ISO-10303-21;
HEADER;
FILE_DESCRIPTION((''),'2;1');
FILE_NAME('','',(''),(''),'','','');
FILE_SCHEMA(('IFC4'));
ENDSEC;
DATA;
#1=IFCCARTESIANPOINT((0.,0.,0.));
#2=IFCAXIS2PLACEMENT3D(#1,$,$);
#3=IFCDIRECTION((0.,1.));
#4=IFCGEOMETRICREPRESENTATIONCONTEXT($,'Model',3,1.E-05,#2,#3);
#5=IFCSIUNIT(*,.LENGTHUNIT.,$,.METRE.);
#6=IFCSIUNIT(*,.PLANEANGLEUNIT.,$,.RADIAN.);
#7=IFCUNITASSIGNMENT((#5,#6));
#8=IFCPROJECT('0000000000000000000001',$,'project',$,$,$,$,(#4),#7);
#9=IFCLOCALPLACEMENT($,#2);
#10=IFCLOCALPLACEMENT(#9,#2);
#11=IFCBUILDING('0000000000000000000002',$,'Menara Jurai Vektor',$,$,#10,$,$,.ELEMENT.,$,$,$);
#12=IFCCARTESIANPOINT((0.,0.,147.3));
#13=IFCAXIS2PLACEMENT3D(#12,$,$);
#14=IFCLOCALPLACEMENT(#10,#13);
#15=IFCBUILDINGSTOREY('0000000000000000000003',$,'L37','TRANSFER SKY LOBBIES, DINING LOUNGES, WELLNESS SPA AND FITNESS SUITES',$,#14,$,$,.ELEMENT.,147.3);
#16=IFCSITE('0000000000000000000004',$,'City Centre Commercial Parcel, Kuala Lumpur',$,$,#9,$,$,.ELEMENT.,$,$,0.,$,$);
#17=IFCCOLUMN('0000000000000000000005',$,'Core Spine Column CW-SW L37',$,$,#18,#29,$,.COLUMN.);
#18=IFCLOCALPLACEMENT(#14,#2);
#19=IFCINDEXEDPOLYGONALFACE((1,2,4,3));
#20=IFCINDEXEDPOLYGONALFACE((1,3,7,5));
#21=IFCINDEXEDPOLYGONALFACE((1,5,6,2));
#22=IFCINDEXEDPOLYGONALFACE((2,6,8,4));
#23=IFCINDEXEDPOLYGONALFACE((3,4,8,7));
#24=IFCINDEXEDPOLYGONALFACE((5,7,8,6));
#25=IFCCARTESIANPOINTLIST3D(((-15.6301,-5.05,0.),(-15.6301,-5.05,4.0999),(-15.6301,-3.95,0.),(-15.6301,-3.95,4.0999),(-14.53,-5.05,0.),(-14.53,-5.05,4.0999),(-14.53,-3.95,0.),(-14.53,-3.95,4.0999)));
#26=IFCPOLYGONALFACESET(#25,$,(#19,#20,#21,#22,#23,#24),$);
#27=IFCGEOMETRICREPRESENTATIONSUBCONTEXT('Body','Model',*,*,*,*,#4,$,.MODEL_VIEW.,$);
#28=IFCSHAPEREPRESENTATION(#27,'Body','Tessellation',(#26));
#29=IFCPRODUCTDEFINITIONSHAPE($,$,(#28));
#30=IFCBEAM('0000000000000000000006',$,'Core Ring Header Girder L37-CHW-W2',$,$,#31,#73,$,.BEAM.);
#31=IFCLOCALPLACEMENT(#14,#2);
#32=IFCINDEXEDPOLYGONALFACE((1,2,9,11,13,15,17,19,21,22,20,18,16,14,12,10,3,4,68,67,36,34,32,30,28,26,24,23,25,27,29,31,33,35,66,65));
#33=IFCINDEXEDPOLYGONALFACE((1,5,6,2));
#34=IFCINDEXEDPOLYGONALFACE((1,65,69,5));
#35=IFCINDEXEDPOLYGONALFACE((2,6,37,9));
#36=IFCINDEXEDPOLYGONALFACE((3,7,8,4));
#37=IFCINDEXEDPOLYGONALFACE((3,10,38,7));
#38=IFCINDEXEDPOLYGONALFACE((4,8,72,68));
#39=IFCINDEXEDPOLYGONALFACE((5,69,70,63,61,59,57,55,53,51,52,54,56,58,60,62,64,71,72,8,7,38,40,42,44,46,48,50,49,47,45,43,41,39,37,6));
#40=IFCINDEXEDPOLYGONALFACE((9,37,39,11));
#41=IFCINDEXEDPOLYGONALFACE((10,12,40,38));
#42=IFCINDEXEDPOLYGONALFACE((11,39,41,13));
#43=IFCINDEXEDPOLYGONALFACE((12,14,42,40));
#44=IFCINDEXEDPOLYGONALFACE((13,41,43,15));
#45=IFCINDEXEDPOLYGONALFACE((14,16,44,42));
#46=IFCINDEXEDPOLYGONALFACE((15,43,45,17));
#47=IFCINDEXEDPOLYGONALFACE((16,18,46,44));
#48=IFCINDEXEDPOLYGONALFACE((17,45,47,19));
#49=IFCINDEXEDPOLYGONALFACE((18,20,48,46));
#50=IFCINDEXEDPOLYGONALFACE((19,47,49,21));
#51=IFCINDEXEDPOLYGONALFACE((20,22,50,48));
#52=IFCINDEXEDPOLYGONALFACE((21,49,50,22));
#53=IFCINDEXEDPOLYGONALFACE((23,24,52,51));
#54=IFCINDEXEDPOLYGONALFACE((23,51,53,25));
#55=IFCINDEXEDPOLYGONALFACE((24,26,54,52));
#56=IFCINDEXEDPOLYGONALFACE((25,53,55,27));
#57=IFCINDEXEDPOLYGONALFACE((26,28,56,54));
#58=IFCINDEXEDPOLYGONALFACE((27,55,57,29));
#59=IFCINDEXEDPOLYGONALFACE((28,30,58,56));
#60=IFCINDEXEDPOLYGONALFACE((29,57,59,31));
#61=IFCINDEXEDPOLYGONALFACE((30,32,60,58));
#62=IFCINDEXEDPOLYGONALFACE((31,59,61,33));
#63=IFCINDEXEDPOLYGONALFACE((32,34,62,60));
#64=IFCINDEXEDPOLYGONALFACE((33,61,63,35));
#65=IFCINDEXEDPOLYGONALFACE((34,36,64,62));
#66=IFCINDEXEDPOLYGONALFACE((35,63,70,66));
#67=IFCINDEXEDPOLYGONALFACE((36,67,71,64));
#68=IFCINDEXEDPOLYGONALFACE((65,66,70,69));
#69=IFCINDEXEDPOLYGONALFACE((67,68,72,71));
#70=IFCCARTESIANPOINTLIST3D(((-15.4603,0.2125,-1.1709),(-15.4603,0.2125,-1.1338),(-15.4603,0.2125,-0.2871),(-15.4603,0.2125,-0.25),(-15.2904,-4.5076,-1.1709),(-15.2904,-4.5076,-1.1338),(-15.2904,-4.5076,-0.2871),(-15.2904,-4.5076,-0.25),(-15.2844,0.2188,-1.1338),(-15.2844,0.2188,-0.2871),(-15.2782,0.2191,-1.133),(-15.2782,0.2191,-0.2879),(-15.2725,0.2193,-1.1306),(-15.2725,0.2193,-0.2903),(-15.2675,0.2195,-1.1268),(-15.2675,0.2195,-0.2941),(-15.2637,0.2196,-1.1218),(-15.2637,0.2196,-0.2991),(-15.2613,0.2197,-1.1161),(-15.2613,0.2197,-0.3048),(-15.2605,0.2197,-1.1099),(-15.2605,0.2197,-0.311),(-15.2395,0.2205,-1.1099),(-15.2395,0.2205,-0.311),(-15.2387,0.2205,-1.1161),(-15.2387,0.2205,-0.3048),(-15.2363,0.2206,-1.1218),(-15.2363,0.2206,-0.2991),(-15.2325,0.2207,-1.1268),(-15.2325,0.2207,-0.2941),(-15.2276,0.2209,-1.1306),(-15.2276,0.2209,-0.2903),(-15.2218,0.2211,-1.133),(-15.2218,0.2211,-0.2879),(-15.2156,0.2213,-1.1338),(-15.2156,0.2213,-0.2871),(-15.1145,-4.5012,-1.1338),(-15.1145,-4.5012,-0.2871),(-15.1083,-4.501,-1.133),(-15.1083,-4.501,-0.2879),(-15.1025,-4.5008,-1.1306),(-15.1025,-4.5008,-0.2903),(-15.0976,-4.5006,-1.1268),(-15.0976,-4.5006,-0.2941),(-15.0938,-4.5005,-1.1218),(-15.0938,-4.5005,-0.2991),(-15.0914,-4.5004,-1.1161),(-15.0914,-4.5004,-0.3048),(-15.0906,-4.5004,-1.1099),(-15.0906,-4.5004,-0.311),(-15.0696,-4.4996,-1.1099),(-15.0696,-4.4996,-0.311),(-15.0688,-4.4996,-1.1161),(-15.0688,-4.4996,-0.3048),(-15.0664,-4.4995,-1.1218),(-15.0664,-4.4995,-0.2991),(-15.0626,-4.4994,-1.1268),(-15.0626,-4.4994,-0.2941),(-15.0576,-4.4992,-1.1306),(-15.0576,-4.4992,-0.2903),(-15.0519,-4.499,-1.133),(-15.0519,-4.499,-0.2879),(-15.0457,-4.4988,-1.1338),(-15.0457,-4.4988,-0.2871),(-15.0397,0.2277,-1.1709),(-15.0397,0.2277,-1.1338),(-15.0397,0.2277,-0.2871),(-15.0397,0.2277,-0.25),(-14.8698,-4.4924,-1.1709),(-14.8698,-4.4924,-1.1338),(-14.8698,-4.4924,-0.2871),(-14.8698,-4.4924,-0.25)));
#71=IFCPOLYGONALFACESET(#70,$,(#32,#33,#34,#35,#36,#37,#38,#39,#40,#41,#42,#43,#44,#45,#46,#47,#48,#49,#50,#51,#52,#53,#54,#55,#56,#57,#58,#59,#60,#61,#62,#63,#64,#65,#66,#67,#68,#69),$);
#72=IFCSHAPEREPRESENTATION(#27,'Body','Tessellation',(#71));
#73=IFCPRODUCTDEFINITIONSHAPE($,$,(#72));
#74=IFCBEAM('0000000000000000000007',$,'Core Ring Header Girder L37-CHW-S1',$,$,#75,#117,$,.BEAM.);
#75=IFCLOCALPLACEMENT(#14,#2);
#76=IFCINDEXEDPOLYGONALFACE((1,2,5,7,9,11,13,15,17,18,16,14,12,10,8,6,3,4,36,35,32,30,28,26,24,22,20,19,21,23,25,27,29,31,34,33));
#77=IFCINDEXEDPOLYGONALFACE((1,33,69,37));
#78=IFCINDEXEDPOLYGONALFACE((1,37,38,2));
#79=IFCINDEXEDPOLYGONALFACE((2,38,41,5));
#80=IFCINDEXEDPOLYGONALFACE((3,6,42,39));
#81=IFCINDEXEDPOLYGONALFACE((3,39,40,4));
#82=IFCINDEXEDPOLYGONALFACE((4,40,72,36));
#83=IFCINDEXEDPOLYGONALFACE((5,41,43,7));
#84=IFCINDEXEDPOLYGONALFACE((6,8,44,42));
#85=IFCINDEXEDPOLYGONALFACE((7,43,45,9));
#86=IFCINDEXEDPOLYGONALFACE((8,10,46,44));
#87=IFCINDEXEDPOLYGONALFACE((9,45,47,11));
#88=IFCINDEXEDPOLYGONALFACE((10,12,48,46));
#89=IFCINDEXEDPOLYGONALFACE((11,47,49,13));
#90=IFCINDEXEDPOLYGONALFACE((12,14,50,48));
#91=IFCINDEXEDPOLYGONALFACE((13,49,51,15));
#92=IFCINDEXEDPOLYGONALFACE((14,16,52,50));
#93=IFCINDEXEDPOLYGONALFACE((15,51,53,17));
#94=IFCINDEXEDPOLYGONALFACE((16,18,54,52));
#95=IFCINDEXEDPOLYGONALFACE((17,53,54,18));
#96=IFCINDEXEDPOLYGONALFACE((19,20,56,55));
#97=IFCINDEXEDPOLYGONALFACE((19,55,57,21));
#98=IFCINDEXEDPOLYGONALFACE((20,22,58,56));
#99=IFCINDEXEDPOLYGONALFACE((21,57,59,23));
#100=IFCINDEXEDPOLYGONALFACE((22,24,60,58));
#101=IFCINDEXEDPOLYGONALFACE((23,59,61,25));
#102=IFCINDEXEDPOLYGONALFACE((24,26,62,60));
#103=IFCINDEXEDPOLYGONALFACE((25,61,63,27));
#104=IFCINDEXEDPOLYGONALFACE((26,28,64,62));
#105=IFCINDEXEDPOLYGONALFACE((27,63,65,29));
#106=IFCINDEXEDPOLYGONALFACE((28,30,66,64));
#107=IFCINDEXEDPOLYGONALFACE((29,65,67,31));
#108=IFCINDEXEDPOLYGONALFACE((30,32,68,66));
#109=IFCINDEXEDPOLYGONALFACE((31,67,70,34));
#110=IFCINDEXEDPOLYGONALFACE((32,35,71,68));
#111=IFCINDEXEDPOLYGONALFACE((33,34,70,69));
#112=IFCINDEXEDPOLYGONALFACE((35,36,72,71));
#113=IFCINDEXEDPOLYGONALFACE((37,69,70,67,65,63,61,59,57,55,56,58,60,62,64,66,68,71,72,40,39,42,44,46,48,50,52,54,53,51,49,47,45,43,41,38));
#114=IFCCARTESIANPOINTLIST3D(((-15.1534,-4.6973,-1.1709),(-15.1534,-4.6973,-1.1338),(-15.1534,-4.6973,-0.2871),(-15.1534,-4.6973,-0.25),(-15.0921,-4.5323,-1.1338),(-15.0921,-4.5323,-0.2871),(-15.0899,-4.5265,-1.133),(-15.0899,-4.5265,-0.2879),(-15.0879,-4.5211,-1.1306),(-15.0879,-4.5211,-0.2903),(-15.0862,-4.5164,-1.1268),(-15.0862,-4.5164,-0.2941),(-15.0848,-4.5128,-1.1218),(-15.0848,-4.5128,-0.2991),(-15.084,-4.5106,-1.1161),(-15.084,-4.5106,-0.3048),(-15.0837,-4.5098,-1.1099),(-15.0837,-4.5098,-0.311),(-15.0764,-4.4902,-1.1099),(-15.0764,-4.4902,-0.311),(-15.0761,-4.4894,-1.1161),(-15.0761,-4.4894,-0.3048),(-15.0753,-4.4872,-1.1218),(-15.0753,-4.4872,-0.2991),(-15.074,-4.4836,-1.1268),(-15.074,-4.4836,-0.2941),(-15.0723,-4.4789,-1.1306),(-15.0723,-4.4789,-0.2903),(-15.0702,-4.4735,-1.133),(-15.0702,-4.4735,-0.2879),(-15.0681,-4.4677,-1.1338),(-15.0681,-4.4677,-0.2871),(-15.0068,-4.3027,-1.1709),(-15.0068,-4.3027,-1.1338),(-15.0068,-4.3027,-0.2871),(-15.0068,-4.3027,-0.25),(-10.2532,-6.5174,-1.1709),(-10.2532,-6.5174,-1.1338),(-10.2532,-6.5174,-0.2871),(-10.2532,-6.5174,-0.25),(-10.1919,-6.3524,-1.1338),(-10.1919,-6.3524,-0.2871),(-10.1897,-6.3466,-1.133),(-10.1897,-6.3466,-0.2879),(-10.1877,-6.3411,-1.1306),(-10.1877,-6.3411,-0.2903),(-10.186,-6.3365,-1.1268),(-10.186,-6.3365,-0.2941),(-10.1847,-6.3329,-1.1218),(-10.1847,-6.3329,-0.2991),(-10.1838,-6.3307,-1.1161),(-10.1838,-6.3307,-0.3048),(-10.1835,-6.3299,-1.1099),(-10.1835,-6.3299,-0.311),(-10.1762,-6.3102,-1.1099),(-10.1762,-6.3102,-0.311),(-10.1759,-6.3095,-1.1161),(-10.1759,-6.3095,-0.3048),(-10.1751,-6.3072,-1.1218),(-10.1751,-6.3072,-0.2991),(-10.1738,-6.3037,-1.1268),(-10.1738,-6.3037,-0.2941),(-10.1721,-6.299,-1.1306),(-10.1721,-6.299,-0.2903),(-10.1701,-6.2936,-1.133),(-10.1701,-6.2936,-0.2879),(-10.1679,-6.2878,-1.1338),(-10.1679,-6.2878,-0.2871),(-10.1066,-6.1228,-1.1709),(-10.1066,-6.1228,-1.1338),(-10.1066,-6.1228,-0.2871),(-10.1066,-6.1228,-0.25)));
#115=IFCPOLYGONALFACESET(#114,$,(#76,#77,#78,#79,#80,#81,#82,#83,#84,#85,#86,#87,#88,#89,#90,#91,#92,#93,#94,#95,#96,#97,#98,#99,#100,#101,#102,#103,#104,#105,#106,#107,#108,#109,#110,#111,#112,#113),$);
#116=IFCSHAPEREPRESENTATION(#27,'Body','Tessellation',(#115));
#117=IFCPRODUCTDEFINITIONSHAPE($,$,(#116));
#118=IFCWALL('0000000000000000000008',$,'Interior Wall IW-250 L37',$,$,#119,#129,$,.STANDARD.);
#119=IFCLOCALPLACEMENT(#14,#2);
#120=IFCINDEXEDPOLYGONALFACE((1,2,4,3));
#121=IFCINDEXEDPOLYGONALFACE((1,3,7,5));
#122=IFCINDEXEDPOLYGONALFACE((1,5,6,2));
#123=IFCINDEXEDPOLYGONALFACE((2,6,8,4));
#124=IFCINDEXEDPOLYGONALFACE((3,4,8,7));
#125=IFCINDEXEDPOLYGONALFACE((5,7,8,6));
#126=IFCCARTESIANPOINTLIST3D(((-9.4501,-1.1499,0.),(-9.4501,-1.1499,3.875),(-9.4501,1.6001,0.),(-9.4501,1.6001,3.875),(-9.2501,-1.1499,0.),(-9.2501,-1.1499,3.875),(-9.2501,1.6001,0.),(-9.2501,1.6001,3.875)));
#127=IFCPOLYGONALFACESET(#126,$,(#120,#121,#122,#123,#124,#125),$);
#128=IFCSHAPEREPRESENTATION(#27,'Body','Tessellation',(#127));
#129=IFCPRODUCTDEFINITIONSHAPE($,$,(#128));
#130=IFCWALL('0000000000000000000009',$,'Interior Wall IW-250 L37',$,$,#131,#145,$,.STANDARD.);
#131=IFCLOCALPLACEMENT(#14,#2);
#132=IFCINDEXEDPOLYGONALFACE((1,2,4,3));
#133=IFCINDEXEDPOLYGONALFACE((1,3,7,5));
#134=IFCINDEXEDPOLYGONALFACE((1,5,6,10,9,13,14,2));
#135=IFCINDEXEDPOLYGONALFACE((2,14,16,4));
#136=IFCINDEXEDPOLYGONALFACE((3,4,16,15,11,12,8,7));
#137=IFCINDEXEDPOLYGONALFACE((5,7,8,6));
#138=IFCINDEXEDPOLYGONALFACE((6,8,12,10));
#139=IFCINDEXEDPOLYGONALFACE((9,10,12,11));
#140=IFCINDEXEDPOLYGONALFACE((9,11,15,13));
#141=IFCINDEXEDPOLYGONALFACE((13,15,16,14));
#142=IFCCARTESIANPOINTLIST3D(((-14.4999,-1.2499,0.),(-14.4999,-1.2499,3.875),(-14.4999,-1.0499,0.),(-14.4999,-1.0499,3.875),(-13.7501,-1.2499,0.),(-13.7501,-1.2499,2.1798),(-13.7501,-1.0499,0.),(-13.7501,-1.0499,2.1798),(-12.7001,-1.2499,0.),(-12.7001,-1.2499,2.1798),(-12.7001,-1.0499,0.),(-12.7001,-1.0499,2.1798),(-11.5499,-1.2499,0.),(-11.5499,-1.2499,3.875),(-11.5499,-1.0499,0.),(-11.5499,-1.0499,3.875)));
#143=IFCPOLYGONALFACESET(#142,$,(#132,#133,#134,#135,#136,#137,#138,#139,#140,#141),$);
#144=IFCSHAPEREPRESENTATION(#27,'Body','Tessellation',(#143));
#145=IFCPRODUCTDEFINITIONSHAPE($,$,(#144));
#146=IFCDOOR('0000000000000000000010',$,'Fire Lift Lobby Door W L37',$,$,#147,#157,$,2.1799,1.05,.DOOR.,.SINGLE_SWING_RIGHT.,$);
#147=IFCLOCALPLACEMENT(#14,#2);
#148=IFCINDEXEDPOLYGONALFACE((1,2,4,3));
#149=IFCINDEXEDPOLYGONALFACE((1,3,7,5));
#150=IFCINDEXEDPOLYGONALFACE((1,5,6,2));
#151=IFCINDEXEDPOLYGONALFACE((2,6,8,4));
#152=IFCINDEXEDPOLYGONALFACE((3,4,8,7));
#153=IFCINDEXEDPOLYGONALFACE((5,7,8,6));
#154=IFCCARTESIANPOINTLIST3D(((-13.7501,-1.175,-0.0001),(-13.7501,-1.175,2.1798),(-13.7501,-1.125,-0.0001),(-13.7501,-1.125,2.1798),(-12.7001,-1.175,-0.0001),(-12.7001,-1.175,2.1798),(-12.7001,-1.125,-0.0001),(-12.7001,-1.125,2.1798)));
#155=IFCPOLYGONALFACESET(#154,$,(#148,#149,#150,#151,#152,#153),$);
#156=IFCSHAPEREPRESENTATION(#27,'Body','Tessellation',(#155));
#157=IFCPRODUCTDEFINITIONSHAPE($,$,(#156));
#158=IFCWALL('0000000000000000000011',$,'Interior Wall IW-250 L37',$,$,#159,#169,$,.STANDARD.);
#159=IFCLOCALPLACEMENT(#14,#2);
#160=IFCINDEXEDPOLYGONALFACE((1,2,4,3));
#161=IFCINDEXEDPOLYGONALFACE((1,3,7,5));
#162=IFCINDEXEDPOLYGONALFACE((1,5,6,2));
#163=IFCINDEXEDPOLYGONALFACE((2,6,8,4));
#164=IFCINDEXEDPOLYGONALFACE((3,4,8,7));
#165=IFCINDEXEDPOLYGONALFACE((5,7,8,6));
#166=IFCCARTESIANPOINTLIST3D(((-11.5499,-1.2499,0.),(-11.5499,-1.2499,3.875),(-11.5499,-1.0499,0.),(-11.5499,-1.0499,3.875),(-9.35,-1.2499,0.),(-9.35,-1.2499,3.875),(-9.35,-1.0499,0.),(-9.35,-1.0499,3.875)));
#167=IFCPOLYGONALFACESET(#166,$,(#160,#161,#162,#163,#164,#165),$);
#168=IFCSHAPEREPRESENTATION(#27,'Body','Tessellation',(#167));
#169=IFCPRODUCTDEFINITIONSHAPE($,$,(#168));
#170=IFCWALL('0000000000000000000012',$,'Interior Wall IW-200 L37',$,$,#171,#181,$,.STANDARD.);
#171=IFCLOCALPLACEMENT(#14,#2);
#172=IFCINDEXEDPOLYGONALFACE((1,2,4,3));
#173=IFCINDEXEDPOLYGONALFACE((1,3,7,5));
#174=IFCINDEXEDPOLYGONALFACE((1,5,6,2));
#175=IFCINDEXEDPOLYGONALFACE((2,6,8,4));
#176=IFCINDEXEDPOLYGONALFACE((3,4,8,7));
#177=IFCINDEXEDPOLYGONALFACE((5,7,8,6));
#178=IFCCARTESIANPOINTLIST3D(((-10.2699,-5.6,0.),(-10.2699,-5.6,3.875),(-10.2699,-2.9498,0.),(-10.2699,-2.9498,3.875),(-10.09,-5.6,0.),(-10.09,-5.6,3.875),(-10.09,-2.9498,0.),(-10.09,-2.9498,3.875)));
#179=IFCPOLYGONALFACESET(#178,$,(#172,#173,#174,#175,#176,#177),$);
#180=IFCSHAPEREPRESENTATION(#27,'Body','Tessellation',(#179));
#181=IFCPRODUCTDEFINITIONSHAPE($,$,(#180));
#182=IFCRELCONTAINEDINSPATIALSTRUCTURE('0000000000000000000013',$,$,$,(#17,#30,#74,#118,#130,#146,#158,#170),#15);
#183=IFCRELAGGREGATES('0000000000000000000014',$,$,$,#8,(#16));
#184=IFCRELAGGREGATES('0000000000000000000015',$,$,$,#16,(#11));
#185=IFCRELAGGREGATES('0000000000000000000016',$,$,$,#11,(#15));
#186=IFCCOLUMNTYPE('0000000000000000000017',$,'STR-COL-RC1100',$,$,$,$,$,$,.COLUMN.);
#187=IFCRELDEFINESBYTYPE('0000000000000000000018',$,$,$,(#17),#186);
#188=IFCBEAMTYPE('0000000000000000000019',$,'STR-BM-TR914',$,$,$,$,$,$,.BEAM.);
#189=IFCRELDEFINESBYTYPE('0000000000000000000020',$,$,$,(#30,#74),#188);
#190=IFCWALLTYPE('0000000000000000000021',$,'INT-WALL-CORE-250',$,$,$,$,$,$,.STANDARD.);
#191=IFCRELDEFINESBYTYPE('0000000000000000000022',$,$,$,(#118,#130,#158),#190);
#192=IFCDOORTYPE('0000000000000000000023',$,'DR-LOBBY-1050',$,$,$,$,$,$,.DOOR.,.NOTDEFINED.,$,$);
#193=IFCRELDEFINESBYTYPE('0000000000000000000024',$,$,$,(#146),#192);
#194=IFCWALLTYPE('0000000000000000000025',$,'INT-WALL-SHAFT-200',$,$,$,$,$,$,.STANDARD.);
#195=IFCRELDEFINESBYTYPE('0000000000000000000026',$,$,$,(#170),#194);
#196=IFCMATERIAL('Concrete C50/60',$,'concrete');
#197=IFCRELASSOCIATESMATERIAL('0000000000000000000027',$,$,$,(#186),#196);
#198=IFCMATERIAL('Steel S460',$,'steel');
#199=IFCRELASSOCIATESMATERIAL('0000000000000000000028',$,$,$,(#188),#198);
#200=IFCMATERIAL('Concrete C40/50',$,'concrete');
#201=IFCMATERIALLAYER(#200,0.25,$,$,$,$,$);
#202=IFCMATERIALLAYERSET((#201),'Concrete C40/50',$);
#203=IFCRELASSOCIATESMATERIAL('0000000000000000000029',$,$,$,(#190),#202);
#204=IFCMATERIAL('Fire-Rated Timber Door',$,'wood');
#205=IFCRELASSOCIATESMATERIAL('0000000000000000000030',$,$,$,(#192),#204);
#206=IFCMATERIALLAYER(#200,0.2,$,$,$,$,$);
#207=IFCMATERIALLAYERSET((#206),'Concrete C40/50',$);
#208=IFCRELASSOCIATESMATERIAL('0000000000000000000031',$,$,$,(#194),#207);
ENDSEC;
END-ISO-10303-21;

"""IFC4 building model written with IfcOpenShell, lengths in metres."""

from ifc_helpers import new_model, si_unit, direction, frame, frame_2d, origin, origin_2d, place, context, subcontext, project, spatial, rectangle, i_section, extrude, material, layer, layer_set, material_profile, profile_set, type_object, element, fill, save


model = new_model("IFC4")

# Units and contexts
model_context = context("Model", 3, precision=1e-05, world=origin(), true_north=direction((0.0, 1.0)))
body_context = subcontext(model_context, "Body", "Model", "MODEL_VIEW")
ifc_project = project(units=[si_unit("LENGTHUNIT", "METRE"), si_unit("PLANEANGLEUNIT", "RADIAN")], contexts=[model_context])

# Site, building, storey
site_placement = place(None, origin())
site = spatial("IfcSite", under=ifc_project, at=site_placement, Name="City Centre Commercial Parcel, Kuala Lumpur", CompositionType="ELEMENT", RefElevation=0.0)
building_placement = place(site_placement, origin())
building = spatial("IfcBuilding", under=site, at=building_placement, Name="Menara Jurai Vektor", CompositionType="ELEMENT")
storey_placement = place(building_placement, frame((0.0, 0.0, 147.3)))
storey = spatial("IfcBuildingStorey", under=building, at=storey_placement, Name="L37", Description="TRANSFER SKY LOBBIES, DINING LOUNGES, WELLNESS SPA AND FITNESS SUITES", CompositionType="ELEMENT", Elevation=147.3)

# Column
ifc_material_1 = material(Name="Concrete C50/60", Category="concrete")
ifc_material_profile_1 = material_profile(ifc_material_1, rectangle(XDim=1.1001, YDim=1.1001, at=origin_2d()), Name="RC 1100x1100")
ifc_profile_set_1 = profile_set([ifc_material_profile_1], Name="Concrete C50/60")
column_type = type_object("IfcColumnType", Name="STR-COL-RC1100", PredefinedType="COLUMN", material=ifc_profile_set_1)
column_placement = place(storey_placement, frame((-15.0801, -4.5, 0.0), z_axis=(0.0, 0.0, 1.0), x_axis=(1.0, 0.0, 0.0)))
element("IfcColumn", 1, at=column_placement, inside=storey, type_object=column_type, Name="Core Spine Column CW-SW L37", PredefinedType="COLUMN", context=body_context, shape_type="SweptSolid", body=[
    extrude(rectangle(XDim=1.1001, YDim=1.1001, at=origin_2d()), origin(), (0.0, 0.0, 1.0), 4.0999),
])

# Beams
ifc_material_2 = material(Name="Steel S460", Category="steel")
ifc_material_profile_2 = material_profile(ifc_material_2, i_section(OverallWidth=0.4209, OverallDepth=0.9209, WebThickness=0.021, FlangeThickness=0.0371, FilletRadius=0.0239, at=origin_2d()), Name="UKB 914x419x388")
ifc_profile_set_2 = profile_set([ifc_material_profile_2], Name="Steel S460")
beam_type = type_object("IfcBeamType", Name="STR-BM-TR914", PredefinedType="BEAM", material=ifc_profile_set_2)
beam_1_placement = place(storey_placement, frame((-15.0801, -4.5, -0.7104), z_axis=(-0.035977, 0.999353, 0.0), x_axis=(-0.999353, -0.035977, 0.0)))
element("IfcBeam", 2, at=beam_1_placement, inside=storey, type_object=beam_type, Name="Core Ring Header Girder L37-CHW-W2", PredefinedType="BEAM", context=body_context, shape_type="SweptSolid", body=[
    extrude(i_section(OverallWidth=0.4209, OverallDepth=0.9209, WebThickness=0.021, FlangeThickness=0.0371, FilletRadius=0.0239, at=origin_2d()), origin(), (0.0, 0.0, 1.0), 4.7231),
])
beam_2_placement = place(storey_placement, frame((-15.0801, -4.5, -0.7104), z_axis=(0.937424, -0.348189, 0.0), x_axis=(0.348189, 0.937424, 0.0)))
element("IfcBeam", 3, at=beam_2_placement, inside=storey, type_object=beam_type, Name="Core Ring Header Girder L37-CHW-S1", PredefinedType="BEAM", context=body_context, shape_type="SweptSolid", body=[
    extrude(i_section(OverallWidth=0.4209, OverallDepth=0.9209, WebThickness=0.021, FlangeThickness=0.0371, FilletRadius=0.0239, at=origin_2d()), origin(), (0.0, 0.0, 1.0), 5.2273),
])

# Shared definitions
ifc_material_3 = material(Name="Concrete C40/50", Category="concrete")
ifc_layer_1 = layer(ifc_material_3, 0.25)
ifc_layer_set_1 = layer_set([ifc_layer_1], Name="Concrete C40/50")
wall_type_1 = type_object("IfcWallType", Name="INT-WALL-CORE-250", PredefinedType="STANDARD", material=ifc_layer_set_1)

# Wall
wall_1_placement = place(storey_placement, frame((-9.3501, -1.1499, 0.0), z_axis=(0.0, 0.0, 1.0), x_axis=(0.0, 1.0, 0.0)))
element("IfcWall", 4, at=wall_1_placement, inside=storey, type_object=wall_type_1, Name="Interior Wall IW-250 L37", PredefinedType="STANDARD", context=body_context, shape_type="SweptSolid", body=[
    extrude(rectangle(XDim=2.75, YDim=0.2, at=frame_2d((1.375, 0.0))), origin(), (0.0, 0.0, 1.0), 3.875),
])

# Wall, opening, door
wall_2_placement = place(storey_placement, frame((-14.5, -1.1499, 0.0), z_axis=(0.0, 0.0, 1.0), x_axis=(1.0, 0.0, 0.0)))
wall_2 = element("IfcWall", 5, at=wall_2_placement, inside=storey, type_object=wall_type_1, Name="Interior Wall IW-250 L37", PredefinedType="STANDARD", context=body_context, shape_type="SweptSolid", body=[
    extrude(rectangle(XDim=2.95, YDim=0.2, at=frame_2d((1.4751, 0.0))), origin(), (0.0, 0.0, 1.0), 3.875),
])
opening_1_placement = place(wall_2_placement, frame((0.75, 0.0, 0.0)))
opening_1 = element("IfcOpeningElement", 6, at=opening_1_placement, cuts=wall_2, PredefinedType="OPENING", context=body_context, shape_type="SweptSolid", body=[
    extrude(rectangle(XDim=1.05, YDim=2.1799, at=frame_2d((0.5249, 1.0898))), frame((0.0, 0.1099, 0.0), z_axis=(0.0, -1.0, 0.0), x_axis=(1.0, 0.0, 0.0)), (0.0, 0.0, 1.0), 0.22),
])
ifc_material_4 = material(Name="Fire-Rated Timber Door", Category="wood")
door_type_1 = type_object("IfcDoorType", Name="DR-LOBBY-1050", OperationType="NOTDEFINED", PredefinedType="DOOR", material=ifc_material_4)
door_1_placement = place(opening_1_placement, origin())
door_1 = element("IfcDoor", 7, at=door_1_placement, inside=storey, type_object=door_type_1, Name="Fire Lift Lobby Door W L37", OperationType="SINGLE_SWING_RIGHT", OverallHeight=2.1799, OverallWidth=1.05, PredefinedType="DOOR", context=body_context, shape_type="SweptSolid", body=[
    extrude(rectangle(XDim=1.05, YDim=2.1799, at=frame_2d((0.5249, 1.0898))), frame((0.0, 0.0249, 0.0), z_axis=(0.0, -1.0, 0.0), x_axis=(1.0, 0.0, 0.0)), (0.0, 0.0, 1.0), 0.05),
])
fill(opening_1, door_1)

# Wall
wall_3_placement = place(storey_placement, frame((-11.55, -1.1499, 0.0), z_axis=(0.0, 0.0, 1.0), x_axis=(1.0, 0.0, 0.0)))
element("IfcWall", 8, at=wall_3_placement, inside=storey, type_object=wall_type_1, Name="Interior Wall IW-250 L37", PredefinedType="STANDARD", context=body_context, shape_type="SweptSolid", body=[
    extrude(rectangle(XDim=2.2, YDim=0.2, at=frame_2d((1.1001, 0.0))), origin(), (0.0, 0.0, 1.0), 3.875),
])

# Shared definitions
ifc_layer_2 = layer(ifc_material_3, 0.2)
ifc_layer_set_2 = layer_set([ifc_layer_2], Name="Concrete C40/50")
wall_type_2 = type_object("IfcWallType", Name="INT-WALL-SHAFT-200", PredefinedType="STANDARD", material=ifc_layer_set_2)

# Wall
wall_4_placement = place(storey_placement, frame((-10.1799, -5.6001, 0.0), z_axis=(0.0, 0.0, 1.0), x_axis=(0.0, 1.0, 0.0)))
element("IfcWall", 9, at=wall_4_placement, inside=storey, type_object=wall_type_2, Name="Interior Wall IW-200 L37", PredefinedType="STANDARD", context=body_context, shape_type="SweptSolid", body=[
    extrude(rectangle(XDim=2.6501, YDim=0.1799, at=frame_2d((1.3252, 0.0))), origin(), (0.0, 0.0, 1.0), 3.875),
])

save(model, "model.ifc")
